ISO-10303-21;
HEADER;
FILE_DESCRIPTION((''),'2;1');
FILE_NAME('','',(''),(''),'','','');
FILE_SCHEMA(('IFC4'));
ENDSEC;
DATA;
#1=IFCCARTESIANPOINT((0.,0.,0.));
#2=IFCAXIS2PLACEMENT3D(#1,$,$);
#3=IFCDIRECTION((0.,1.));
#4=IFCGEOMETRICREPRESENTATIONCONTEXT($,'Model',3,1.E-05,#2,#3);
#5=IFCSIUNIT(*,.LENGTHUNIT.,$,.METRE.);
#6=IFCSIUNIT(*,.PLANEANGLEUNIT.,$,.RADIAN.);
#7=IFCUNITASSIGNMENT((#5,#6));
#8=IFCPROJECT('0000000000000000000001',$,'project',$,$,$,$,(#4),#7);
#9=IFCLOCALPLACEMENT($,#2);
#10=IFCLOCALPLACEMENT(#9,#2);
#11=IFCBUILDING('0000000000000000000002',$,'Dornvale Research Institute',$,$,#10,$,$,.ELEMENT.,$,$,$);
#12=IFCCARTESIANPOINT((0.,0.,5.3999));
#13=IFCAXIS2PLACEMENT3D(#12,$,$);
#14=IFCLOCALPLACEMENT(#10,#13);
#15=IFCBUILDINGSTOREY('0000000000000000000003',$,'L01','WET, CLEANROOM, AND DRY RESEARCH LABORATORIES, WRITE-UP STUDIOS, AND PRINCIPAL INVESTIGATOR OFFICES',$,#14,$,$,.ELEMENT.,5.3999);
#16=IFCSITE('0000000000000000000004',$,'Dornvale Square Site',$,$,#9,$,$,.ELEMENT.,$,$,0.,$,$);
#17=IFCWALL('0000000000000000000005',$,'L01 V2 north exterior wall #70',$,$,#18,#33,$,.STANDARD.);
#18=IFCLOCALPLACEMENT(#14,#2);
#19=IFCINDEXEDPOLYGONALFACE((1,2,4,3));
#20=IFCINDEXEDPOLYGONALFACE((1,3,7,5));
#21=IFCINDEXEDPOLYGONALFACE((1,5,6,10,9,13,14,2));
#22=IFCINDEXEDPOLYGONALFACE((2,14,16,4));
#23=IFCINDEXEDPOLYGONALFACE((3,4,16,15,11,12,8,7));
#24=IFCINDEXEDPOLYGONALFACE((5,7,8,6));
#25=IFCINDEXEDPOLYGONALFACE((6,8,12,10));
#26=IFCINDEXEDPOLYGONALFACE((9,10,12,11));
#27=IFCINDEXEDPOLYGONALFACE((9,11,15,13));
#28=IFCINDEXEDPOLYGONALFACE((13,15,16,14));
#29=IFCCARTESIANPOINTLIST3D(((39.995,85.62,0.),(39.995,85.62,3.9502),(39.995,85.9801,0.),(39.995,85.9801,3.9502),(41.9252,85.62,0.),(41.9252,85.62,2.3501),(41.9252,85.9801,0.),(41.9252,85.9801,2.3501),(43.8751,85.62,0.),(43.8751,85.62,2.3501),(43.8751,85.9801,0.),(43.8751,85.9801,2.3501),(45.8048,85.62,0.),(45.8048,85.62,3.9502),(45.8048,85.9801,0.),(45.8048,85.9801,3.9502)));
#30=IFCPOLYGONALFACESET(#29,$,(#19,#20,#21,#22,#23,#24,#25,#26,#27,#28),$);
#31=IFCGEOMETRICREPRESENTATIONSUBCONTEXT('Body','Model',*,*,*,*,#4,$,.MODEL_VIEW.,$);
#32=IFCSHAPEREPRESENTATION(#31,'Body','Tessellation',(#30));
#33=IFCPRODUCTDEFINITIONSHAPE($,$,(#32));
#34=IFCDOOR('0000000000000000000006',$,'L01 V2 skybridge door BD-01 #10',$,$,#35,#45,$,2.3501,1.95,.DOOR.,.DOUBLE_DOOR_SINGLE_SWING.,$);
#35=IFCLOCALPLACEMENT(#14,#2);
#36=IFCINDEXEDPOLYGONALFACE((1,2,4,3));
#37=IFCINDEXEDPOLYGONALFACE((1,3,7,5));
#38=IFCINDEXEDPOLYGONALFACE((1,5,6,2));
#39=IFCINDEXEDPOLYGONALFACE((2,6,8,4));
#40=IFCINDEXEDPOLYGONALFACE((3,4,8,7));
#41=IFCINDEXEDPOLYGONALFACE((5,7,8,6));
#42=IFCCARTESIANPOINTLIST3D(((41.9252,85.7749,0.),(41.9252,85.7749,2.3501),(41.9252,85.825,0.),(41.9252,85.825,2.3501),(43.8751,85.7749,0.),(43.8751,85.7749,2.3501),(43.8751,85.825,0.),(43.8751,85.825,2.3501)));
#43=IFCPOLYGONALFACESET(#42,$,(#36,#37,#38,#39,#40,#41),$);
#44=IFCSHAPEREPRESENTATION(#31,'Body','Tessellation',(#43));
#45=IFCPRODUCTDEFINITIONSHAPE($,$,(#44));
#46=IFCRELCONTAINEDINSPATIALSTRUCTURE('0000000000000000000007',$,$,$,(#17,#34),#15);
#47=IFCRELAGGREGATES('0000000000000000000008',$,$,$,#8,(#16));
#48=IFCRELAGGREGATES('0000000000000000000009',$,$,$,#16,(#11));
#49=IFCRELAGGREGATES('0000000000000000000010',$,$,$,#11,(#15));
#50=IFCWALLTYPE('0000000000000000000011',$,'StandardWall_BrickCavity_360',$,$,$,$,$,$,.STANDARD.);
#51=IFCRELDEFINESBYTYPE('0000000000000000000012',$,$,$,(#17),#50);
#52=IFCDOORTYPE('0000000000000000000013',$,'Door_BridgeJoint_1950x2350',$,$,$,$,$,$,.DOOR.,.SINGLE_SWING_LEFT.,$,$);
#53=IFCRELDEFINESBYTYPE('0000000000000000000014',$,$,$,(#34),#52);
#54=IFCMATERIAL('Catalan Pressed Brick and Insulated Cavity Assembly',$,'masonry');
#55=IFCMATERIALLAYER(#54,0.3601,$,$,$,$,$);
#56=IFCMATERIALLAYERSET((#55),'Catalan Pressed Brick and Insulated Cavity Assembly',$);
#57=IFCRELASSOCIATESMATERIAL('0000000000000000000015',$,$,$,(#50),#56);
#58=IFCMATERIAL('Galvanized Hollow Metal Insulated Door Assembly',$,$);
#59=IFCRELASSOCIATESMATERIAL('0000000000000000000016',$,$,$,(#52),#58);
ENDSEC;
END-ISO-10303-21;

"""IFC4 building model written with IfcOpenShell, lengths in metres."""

from ifc_helpers import new_model, si_unit, direction, frame, frame_2d, origin, place, context, subcontext, project, spatial, rectangle, extrude, material, layer, layer_set, type_object, element, fill, save


model = new_model("IFC4")

# Units and contexts
model_context = context("Model", 3, precision=1e-05, world=origin(), true_north=direction((0.0, 1.0)))
body_context = subcontext(model_context, "Body", "Model", "MODEL_VIEW")
ifc_project = project(units=[si_unit("LENGTHUNIT", "METRE"), si_unit("PLANEANGLEUNIT", "RADIAN")], contexts=[model_context])

# Site, building, storey
site_placement = place(None, origin())
site = spatial("IfcSite", under=ifc_project, at=site_placement, Name="Dornvale Square Site", CompositionType="ELEMENT", RefElevation=0.0)
building_placement = place(site_placement, origin())
building = spatial("IfcBuilding", under=site, at=building_placement, Name="Dornvale Research Institute", CompositionType="ELEMENT")
storey_placement = place(building_placement, frame((0.0, 0.0, 5.3999)))
storey = spatial("IfcBuildingStorey", under=building, at=storey_placement, Name="L01", Description="WET, CLEANROOM, AND DRY RESEARCH LABORATORIES, WRITE-UP STUDIOS, AND PRINCIPAL INVESTIGATOR OFFICES", CompositionType="ELEMENT", Elevation=5.3999)

# Shared definitions
ifc_material_1 = material(Name="Catalan Pressed Brick and Insulated Cavity Assembly", Category="masonry")
ifc_layer_1 = layer(ifc_material_1, 0.3601)
ifc_layer_set_1 = layer_set([ifc_layer_1], Name="Catalan Pressed Brick and Insulated Cavity Assembly")
wall_type_1 = type_object("IfcWallType", Name="StandardWall_BrickCavity_360", PredefinedType="STANDARD", material=ifc_layer_set_1)

# Wall, opening, door
wall_1_placement = place(storey_placement, frame((39.9951, 85.8, 0.0), z_axis=(0.0, 0.0, 1.0), x_axis=(1.0, 0.0, 0.0)))
wall_1 = element("IfcWall", 1, at=wall_1_placement, inside=storey, type_object=wall_type_1, Name="L01 V2 north exterior wall #70", PredefinedType="STANDARD", context=body_context, shape_type="SweptSolid", body=[
    extrude(rectangle(XDim=5.8098, YDim=0.3601, at=frame_2d((2.9048, 0.0))), origin(), (0.0, 0.0, 1.0), 3.9502),
])
opening_1_placement = place(wall_1_placement, frame((1.9299, 0.0, 0.0)))
opening_1 = element("IfcOpeningElement", 2, at=opening_1_placement, cuts=wall_1, PredefinedType="OPENING", context=body_context, shape_type="SweptSolid", body=[
    extrude(rectangle(XDim=1.95, YDim=2.3501, at=frame_2d((0.9751, 1.175))), frame((0.0, 0.1951, 0.0), z_axis=(0.0, -1.0, 0.0), x_axis=(1.0, 0.0, 0.0)), (0.0, 0.0, 1.0), 0.3901),
])
ifc_material_2 = material(Name="Galvanized Hollow Metal Insulated Door Assembly")
door_type = type_object("IfcDoorType", Name="Door_BridgeJoint_1950x2350", OperationType="SINGLE_SWING_LEFT", PredefinedType="DOOR", material=ifc_material_2)
door_placement = place(opening_1_placement, origin())
door = element("IfcDoor", 3, at=door_placement, inside=storey, type_object=door_type, Name="L01 V2 skybridge door BD-01 #10", OperationType="DOUBLE_DOOR_SINGLE_SWING", OverallHeight=2.3501, OverallWidth=1.95, PredefinedType="DOOR", context=body_context, shape_type="SweptSolid", body=[
    extrude(rectangle(XDim=1.95, YDim=2.3501, at=frame_2d((0.9751, 1.175))), frame((0.0, 0.0249, 0.0), z_axis=(0.0, -1.0, 0.0), x_axis=(1.0, 0.0, 0.0)), (0.0, 0.0, 1.0), 0.05),
])
fill(opening_1, door)

save(model, "model.ifc")
